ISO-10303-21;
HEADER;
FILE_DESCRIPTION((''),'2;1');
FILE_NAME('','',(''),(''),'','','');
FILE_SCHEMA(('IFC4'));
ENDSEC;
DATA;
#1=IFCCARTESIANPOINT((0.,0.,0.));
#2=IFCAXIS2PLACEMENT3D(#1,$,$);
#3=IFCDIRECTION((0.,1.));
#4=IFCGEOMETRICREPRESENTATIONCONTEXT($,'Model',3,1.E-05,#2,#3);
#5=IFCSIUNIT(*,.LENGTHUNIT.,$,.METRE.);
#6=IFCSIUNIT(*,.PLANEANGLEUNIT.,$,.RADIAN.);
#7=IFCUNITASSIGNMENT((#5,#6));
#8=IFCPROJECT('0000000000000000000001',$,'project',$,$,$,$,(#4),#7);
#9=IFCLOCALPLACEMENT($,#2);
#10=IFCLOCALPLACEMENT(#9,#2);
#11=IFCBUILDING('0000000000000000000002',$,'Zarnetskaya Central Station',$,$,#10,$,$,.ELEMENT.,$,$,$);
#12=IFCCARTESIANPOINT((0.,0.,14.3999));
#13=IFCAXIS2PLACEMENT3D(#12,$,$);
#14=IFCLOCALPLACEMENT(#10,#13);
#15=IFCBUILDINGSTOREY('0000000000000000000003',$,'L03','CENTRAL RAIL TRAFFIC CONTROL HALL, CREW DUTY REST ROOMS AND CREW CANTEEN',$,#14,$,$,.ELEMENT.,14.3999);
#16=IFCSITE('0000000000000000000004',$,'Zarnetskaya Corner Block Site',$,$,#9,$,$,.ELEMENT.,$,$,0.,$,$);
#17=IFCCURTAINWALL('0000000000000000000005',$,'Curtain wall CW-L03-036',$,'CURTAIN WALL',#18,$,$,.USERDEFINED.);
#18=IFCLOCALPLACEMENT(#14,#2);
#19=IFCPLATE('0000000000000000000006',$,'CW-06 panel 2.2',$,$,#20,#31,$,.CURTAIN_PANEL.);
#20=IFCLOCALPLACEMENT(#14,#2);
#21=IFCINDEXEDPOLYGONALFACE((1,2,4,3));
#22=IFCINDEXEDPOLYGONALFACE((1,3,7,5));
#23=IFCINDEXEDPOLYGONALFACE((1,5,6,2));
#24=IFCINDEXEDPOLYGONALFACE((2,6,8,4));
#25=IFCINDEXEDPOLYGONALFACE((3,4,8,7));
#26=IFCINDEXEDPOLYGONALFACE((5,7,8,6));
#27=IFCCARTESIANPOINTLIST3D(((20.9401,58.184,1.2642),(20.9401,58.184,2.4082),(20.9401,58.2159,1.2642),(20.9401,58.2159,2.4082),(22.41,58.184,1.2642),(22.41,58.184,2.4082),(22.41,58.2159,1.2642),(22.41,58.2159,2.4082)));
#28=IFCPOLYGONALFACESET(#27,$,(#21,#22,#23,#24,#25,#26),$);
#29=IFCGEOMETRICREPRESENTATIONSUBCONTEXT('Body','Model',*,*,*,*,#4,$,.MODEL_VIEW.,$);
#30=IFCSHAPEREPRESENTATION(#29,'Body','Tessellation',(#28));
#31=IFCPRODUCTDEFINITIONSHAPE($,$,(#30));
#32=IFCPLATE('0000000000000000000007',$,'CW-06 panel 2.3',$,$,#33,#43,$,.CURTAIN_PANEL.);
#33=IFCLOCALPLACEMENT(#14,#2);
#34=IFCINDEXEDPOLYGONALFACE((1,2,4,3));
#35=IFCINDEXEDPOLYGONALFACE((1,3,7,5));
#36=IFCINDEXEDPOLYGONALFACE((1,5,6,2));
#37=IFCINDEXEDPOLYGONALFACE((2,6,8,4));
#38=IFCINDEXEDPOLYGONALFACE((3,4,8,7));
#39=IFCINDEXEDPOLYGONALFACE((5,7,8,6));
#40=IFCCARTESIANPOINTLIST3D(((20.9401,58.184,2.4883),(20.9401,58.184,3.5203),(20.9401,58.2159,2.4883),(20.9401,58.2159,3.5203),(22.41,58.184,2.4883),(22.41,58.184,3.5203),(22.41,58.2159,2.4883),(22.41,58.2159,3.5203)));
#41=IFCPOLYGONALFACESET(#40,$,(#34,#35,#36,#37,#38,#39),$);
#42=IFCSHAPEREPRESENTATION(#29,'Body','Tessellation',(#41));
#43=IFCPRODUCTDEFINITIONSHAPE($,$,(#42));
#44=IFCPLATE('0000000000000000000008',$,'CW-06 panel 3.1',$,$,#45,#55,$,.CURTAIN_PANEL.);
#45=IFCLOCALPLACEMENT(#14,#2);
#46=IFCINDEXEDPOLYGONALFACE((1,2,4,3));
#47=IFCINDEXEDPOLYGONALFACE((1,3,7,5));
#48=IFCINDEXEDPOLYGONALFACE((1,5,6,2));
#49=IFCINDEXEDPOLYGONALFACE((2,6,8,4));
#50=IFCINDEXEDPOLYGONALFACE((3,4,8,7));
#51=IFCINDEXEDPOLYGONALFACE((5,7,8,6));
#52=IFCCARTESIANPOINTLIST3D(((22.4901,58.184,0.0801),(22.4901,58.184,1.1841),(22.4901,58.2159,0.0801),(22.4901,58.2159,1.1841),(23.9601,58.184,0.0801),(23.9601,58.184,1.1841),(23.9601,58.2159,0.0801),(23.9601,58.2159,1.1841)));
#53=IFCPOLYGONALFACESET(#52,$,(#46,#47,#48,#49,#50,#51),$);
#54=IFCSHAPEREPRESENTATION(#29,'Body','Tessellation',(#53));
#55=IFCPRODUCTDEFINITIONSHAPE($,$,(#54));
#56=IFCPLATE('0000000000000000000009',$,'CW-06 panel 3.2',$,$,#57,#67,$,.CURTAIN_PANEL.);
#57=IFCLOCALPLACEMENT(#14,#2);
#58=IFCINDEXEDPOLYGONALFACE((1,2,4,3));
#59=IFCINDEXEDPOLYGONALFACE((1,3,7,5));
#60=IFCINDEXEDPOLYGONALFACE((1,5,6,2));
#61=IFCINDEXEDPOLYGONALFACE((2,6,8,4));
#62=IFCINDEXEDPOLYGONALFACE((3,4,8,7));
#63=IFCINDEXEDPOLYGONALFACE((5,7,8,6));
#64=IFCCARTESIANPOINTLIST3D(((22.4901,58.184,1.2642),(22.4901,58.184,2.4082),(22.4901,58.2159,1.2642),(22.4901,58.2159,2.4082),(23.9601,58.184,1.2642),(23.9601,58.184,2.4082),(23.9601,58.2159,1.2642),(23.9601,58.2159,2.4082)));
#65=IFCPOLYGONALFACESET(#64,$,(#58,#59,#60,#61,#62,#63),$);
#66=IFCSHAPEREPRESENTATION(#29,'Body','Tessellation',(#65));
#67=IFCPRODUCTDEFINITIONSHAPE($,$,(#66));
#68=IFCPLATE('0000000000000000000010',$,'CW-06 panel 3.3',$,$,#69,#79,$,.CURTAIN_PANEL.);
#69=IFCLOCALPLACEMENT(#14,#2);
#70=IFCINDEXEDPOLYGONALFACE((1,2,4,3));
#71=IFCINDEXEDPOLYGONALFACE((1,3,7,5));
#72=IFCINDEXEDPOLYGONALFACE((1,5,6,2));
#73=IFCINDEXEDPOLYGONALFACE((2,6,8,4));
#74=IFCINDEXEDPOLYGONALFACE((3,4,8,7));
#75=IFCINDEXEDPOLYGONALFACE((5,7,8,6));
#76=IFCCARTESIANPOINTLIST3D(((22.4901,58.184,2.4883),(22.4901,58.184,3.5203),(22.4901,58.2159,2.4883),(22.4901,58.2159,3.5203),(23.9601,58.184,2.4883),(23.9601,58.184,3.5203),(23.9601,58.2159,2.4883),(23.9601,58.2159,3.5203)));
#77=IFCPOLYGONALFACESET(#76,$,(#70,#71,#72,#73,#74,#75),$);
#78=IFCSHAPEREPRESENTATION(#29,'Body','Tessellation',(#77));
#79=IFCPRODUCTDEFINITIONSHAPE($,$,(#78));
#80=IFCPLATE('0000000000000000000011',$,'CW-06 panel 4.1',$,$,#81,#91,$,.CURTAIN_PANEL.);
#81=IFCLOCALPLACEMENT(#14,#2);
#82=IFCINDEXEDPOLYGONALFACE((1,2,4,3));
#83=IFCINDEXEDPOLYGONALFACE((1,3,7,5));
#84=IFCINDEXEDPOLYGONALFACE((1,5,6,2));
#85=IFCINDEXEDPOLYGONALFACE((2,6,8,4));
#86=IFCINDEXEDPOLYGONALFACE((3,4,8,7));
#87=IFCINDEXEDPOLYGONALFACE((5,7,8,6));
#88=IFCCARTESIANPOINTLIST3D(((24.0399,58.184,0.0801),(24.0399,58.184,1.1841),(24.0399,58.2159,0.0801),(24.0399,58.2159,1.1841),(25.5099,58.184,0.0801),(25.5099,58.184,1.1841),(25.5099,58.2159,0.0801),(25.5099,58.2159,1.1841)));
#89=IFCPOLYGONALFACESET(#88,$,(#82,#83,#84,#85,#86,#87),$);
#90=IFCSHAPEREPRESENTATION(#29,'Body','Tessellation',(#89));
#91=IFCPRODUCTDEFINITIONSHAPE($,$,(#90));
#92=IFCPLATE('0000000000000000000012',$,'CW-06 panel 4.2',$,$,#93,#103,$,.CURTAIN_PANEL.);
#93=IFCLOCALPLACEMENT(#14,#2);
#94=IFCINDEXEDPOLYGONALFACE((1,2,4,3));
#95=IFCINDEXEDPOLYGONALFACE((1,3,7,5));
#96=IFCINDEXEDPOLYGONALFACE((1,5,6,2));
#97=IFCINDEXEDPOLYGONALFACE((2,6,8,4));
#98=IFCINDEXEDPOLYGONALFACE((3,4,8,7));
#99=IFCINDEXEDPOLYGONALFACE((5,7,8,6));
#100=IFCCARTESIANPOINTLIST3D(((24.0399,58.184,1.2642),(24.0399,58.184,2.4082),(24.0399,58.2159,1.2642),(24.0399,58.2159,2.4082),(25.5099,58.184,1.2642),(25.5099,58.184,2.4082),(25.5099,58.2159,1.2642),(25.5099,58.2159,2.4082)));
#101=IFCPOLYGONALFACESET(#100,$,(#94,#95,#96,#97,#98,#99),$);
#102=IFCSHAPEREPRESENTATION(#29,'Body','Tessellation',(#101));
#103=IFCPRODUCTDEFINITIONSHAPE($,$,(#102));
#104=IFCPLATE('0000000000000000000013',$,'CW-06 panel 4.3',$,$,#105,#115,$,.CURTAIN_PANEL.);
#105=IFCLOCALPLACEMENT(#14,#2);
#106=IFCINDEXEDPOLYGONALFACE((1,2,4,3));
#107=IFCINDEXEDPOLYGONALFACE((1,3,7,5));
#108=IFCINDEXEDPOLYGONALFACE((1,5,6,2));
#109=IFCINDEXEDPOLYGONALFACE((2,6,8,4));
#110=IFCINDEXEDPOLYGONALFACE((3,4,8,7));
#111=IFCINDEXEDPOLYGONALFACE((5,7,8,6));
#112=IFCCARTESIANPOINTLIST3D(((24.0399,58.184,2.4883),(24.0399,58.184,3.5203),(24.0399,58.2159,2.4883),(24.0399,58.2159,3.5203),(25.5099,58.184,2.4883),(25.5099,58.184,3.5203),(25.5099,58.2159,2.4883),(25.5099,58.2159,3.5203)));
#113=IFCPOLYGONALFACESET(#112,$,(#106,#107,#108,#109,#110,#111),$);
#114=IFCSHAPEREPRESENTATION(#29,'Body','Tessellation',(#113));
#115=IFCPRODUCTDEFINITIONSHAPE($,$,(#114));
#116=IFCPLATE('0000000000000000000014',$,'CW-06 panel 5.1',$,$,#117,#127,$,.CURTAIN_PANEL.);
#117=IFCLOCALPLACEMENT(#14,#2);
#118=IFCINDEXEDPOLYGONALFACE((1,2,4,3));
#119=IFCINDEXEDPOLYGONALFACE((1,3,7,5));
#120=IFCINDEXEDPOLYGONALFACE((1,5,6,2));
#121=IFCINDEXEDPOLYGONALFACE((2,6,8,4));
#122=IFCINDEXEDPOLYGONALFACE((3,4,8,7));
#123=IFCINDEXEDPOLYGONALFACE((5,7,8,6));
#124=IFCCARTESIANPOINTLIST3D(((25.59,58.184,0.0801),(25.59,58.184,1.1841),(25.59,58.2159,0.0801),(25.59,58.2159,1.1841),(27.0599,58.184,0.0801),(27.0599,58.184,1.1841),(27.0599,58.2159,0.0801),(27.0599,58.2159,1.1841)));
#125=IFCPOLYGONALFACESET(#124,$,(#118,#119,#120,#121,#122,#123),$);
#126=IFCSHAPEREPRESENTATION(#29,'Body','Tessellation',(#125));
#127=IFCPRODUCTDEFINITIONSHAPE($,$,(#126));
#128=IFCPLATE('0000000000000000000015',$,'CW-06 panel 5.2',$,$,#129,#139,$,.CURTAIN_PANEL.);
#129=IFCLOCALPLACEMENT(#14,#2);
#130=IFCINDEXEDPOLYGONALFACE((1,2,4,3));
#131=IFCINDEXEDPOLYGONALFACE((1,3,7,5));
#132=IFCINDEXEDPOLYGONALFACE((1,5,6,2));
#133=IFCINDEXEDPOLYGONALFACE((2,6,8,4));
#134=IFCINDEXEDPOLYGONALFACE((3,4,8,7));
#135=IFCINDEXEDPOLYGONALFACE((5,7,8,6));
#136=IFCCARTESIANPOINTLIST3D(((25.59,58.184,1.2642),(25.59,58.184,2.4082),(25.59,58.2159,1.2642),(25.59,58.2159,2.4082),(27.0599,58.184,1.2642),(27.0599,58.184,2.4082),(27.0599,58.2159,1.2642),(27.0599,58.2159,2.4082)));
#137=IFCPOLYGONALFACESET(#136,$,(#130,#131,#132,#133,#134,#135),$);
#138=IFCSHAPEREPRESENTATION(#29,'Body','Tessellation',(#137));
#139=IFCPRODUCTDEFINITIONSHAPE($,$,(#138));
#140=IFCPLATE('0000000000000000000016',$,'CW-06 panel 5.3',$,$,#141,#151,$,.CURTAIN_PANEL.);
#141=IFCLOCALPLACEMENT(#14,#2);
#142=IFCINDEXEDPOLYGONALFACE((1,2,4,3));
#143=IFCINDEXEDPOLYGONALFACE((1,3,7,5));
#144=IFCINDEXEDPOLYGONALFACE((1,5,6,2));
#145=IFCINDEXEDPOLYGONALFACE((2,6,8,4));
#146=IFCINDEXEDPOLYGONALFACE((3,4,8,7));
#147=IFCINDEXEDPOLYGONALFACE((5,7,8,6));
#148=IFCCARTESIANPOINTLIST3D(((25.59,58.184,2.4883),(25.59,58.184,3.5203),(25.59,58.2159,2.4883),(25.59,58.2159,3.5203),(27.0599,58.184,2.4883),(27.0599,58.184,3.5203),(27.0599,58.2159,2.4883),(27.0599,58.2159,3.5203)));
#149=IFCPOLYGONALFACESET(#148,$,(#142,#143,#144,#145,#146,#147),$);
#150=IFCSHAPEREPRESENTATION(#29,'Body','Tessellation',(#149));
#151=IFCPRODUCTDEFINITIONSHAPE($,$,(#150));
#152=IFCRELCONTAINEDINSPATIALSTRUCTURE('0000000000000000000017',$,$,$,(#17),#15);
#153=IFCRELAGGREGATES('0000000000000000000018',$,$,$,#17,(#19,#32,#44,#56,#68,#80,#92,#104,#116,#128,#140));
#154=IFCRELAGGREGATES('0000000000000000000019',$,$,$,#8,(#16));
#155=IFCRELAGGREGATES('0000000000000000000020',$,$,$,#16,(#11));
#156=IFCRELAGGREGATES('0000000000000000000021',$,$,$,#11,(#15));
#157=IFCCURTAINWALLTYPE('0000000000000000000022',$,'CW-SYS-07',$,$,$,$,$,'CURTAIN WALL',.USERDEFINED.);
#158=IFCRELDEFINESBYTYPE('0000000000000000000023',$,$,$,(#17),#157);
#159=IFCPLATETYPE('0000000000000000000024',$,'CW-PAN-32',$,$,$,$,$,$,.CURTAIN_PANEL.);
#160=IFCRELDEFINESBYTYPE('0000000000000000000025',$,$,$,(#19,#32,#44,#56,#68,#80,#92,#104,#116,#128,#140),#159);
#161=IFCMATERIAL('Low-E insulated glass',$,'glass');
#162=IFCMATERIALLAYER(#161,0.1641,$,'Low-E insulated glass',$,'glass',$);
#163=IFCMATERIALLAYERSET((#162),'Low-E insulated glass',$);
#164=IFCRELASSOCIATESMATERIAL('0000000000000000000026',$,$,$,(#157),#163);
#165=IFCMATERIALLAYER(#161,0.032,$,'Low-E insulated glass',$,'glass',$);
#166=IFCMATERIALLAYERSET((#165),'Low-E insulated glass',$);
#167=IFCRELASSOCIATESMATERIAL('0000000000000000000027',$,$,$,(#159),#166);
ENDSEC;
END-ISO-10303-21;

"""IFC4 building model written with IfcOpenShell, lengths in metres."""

from ifc_helpers import new_model, si_unit, direction, frame, origin, origin_2d, place, context, subcontext, project, spatial, rectangle, extrude, material, layer, layer_set, type_object, element, aggregate, save


model = new_model("IFC4")

# Units and contexts
model_context = context("Model", 3, precision=1e-05, world=origin(), true_north=direction((0.0, 1.0)))
body_context = subcontext(model_context, "Body", "Model", "MODEL_VIEW")
ifc_project = project(units=[si_unit("LENGTHUNIT", "METRE"), si_unit("PLANEANGLEUNIT", "RADIAN")], contexts=[model_context])

# Site, building, storey
site_placement = place(None, origin())
site = spatial("IfcSite", under=ifc_project, at=site_placement, Name="Zarnetskaya Corner Block Site", CompositionType="ELEMENT", RefElevation=0.0)
building_placement = place(site_placement, origin())
building = spatial("IfcBuilding", under=site, at=building_placement, Name="Zarnetskaya Central Station", CompositionType="ELEMENT")
storey_placement = place(building_placement, frame((0.0, 0.0, 14.3999)))
storey = spatial("IfcBuildingStorey", under=building, at=storey_placement, Name="L03", Description="CENTRAL RAIL TRAFFIC CONTROL HALL, CREW DUTY REST ROOMS AND CREW CANTEEN", CompositionType="ELEMENT", Elevation=14.3999)

# Curtain wall, plates
ifc_material_1 = material(Name="Low-E insulated glass", Category="glass")
ifc_layer_1 = layer(ifc_material_1, 0.1641, Name="Low-E insulated glass", Category="glass")
ifc_layer_set_1 = layer_set([ifc_layer_1], Name="Low-E insulated glass")
curtain_wall_type = type_object("IfcCurtainWallType", Name="CW-SYS-07", ElementType="CURTAIN WALL", PredefinedType="USERDEFINED", material=ifc_layer_set_1)
curtain_wall_placement = place(storey_placement, origin())
curtain_wall = element("IfcCurtainWall", 1, at=curtain_wall_placement, inside=storey, type_object=curtain_wall_type, Name="Curtain wall CW-L03-036", ObjectType="CURTAIN WALL", PredefinedType="USERDEFINED")
ifc_layer_2 = layer(ifc_material_1, 0.032, Name="Low-E insulated glass", Category="glass")
ifc_layer_set_2 = layer_set([ifc_layer_2], Name="Low-E insulated glass")
plate_type = type_object("IfcPlateType", Name="CW-PAN-32", PredefinedType="CURTAIN_PANEL", material=ifc_layer_set_2)
plate_1_placement = place(storey_placement, frame((21.675, 58.2, 1.2642), z_axis=(0.0, 0.0, 1.0), x_axis=(1.0, 0.0, 0.0)))
plate_1 = element("IfcPlate", 2, at=plate_1_placement, type_object=plate_type, Name="CW-06 panel 2.2", PredefinedType="CURTAIN_PANEL", context=body_context, shape_type="SweptSolid", body=[
    extrude(rectangle(XDim=1.47, YDim=0.032, at=origin_2d()), origin(), (0.0, 0.0, 1.0), 1.144),
])
plate_2_placement = place(storey_placement, frame((21.675, 58.2, 2.4883), z_axis=(0.0, 0.0, 1.0), x_axis=(1.0, 0.0, 0.0)))
plate_2 = element("IfcPlate", 3, at=plate_2_placement, type_object=plate_type, Name="CW-06 panel 2.3", PredefinedType="CURTAIN_PANEL", context=body_context, shape_type="SweptSolid", body=[
    extrude(rectangle(XDim=1.47, YDim=0.032, at=origin_2d()), origin(), (0.0, 0.0, 1.0), 1.032),
])
plate_3_placement = place(storey_placement, frame((23.2251, 58.2, 0.0801), z_axis=(0.0, 0.0, 1.0), x_axis=(1.0, 0.0, 0.0)))
plate_3 = element("IfcPlate", 4, at=plate_3_placement, type_object=plate_type, Name="CW-06 panel 3.1", PredefinedType="CURTAIN_PANEL", context=body_context, shape_type="SweptSolid", body=[
    extrude(rectangle(XDim=1.47, YDim=0.032, at=origin_2d()), origin(), (0.0, 0.0, 1.0), 1.104),
])
plate_4_placement = place(storey_placement, frame((23.2251, 58.2, 1.2642), z_axis=(0.0, 0.0, 1.0), x_axis=(1.0, 0.0, 0.0)))
plate_4 = element("IfcPlate", 5, at=plate_4_placement, type_object=plate_type, Name="CW-06 panel 3.2", PredefinedType="CURTAIN_PANEL", context=body_context, shape_type="SweptSolid", body=[
    extrude(rectangle(XDim=1.47, YDim=0.032, at=origin_2d()), origin(), (0.0, 0.0, 1.0), 1.144),
])
plate_5_placement = place(storey_placement, frame((23.2251, 58.2, 2.4883), z_axis=(0.0, 0.0, 1.0), x_axis=(1.0, 0.0, 0.0)))
plate_5 = element("IfcPlate", 6, at=plate_5_placement, type_object=plate_type, Name="CW-06 panel 3.3", PredefinedType="CURTAIN_PANEL", context=body_context, shape_type="SweptSolid", body=[
    extrude(rectangle(XDim=1.47, YDim=0.032, at=origin_2d()), origin(), (0.0, 0.0, 1.0), 1.032),
])
plate_6_placement = place(storey_placement, frame((24.7749, 58.2, 0.0801), z_axis=(0.0, 0.0, 1.0), x_axis=(1.0, 0.0, 0.0)))
plate_6 = element("IfcPlate", 7, at=plate_6_placement, type_object=plate_type, Name="CW-06 panel 4.1", PredefinedType="CURTAIN_PANEL", context=body_context, shape_type="SweptSolid", body=[
    extrude(rectangle(XDim=1.47, YDim=0.032, at=origin_2d()), origin(), (0.0, 0.0, 1.0), 1.104),
])
plate_7_placement = place(storey_placement, frame((24.7749, 58.2, 1.2642), z_axis=(0.0, 0.0, 1.0), x_axis=(1.0, 0.0, 0.0)))
plate_7 = element("IfcPlate", 8, at=plate_7_placement, type_object=plate_type, Name="CW-06 panel 4.2", PredefinedType="CURTAIN_PANEL", context=body_context, shape_type="SweptSolid", body=[
    extrude(rectangle(XDim=1.47, YDim=0.032, at=origin_2d()), origin(), (0.0, 0.0, 1.0), 1.144),
])
plate_8_placement = place(storey_placement, frame((24.7749, 58.2, 2.4883), z_axis=(0.0, 0.0, 1.0), x_axis=(1.0, 0.0, 0.0)))
plate_8 = element("IfcPlate", 9, at=plate_8_placement, type_object=plate_type, Name="CW-06 panel 4.3", PredefinedType="CURTAIN_PANEL", context=body_context, shape_type="SweptSolid", body=[
    extrude(rectangle(XDim=1.47, YDim=0.032, at=origin_2d()), origin(), (0.0, 0.0, 1.0), 1.032),
])
plate_9_placement = place(storey_placement, frame((26.325, 58.2, 0.0801), z_axis=(0.0, 0.0, 1.0), x_axis=(1.0, 0.0, 0.0)))
plate_9 = element("IfcPlate", 10, at=plate_9_placement, type_object=plate_type, Name="CW-06 panel 5.1", PredefinedType="CURTAIN_PANEL", context=body_context, shape_type="SweptSolid", body=[
    extrude(rectangle(XDim=1.47, YDim=0.032, at=origin_2d()), origin(), (0.0, 0.0, 1.0), 1.104),
])
plate_10_placement = place(storey_placement, frame((26.325, 58.2, 1.2642), z_axis=(0.0, 0.0, 1.0), x_axis=(1.0, 0.0, 0.0)))
plate_10 = element("IfcPlate", 11, at=plate_10_placement, type_object=plate_type, Name="CW-06 panel 5.2", PredefinedType="CURTAIN_PANEL", context=body_context, shape_type="SweptSolid", body=[
    extrude(rectangle(XDim=1.47, YDim=0.032, at=origin_2d()), origin(), (0.0, 0.0, 1.0), 1.144),
])
plate_11_placement = place(storey_placement, frame((26.325, 58.2, 2.4883), z_axis=(0.0, 0.0, 1.0), x_axis=(1.0, 0.0, 0.0)))
plate_11 = element("IfcPlate", 12, at=plate_11_placement, type_object=plate_type, Name="CW-06 panel 5.3", PredefinedType="CURTAIN_PANEL", context=body_context, shape_type="SweptSolid", body=[
    extrude(rectangle(XDim=1.47, YDim=0.032, at=origin_2d()), origin(), (0.0, 0.0, 1.0), 1.032),
])
aggregate(curtain_wall, [plate_1, plate_2, plate_3, plate_4, plate_5, plate_6, plate_7, plate_8, plate_9, plate_10, plate_11])

save(model, "model.ifc")
